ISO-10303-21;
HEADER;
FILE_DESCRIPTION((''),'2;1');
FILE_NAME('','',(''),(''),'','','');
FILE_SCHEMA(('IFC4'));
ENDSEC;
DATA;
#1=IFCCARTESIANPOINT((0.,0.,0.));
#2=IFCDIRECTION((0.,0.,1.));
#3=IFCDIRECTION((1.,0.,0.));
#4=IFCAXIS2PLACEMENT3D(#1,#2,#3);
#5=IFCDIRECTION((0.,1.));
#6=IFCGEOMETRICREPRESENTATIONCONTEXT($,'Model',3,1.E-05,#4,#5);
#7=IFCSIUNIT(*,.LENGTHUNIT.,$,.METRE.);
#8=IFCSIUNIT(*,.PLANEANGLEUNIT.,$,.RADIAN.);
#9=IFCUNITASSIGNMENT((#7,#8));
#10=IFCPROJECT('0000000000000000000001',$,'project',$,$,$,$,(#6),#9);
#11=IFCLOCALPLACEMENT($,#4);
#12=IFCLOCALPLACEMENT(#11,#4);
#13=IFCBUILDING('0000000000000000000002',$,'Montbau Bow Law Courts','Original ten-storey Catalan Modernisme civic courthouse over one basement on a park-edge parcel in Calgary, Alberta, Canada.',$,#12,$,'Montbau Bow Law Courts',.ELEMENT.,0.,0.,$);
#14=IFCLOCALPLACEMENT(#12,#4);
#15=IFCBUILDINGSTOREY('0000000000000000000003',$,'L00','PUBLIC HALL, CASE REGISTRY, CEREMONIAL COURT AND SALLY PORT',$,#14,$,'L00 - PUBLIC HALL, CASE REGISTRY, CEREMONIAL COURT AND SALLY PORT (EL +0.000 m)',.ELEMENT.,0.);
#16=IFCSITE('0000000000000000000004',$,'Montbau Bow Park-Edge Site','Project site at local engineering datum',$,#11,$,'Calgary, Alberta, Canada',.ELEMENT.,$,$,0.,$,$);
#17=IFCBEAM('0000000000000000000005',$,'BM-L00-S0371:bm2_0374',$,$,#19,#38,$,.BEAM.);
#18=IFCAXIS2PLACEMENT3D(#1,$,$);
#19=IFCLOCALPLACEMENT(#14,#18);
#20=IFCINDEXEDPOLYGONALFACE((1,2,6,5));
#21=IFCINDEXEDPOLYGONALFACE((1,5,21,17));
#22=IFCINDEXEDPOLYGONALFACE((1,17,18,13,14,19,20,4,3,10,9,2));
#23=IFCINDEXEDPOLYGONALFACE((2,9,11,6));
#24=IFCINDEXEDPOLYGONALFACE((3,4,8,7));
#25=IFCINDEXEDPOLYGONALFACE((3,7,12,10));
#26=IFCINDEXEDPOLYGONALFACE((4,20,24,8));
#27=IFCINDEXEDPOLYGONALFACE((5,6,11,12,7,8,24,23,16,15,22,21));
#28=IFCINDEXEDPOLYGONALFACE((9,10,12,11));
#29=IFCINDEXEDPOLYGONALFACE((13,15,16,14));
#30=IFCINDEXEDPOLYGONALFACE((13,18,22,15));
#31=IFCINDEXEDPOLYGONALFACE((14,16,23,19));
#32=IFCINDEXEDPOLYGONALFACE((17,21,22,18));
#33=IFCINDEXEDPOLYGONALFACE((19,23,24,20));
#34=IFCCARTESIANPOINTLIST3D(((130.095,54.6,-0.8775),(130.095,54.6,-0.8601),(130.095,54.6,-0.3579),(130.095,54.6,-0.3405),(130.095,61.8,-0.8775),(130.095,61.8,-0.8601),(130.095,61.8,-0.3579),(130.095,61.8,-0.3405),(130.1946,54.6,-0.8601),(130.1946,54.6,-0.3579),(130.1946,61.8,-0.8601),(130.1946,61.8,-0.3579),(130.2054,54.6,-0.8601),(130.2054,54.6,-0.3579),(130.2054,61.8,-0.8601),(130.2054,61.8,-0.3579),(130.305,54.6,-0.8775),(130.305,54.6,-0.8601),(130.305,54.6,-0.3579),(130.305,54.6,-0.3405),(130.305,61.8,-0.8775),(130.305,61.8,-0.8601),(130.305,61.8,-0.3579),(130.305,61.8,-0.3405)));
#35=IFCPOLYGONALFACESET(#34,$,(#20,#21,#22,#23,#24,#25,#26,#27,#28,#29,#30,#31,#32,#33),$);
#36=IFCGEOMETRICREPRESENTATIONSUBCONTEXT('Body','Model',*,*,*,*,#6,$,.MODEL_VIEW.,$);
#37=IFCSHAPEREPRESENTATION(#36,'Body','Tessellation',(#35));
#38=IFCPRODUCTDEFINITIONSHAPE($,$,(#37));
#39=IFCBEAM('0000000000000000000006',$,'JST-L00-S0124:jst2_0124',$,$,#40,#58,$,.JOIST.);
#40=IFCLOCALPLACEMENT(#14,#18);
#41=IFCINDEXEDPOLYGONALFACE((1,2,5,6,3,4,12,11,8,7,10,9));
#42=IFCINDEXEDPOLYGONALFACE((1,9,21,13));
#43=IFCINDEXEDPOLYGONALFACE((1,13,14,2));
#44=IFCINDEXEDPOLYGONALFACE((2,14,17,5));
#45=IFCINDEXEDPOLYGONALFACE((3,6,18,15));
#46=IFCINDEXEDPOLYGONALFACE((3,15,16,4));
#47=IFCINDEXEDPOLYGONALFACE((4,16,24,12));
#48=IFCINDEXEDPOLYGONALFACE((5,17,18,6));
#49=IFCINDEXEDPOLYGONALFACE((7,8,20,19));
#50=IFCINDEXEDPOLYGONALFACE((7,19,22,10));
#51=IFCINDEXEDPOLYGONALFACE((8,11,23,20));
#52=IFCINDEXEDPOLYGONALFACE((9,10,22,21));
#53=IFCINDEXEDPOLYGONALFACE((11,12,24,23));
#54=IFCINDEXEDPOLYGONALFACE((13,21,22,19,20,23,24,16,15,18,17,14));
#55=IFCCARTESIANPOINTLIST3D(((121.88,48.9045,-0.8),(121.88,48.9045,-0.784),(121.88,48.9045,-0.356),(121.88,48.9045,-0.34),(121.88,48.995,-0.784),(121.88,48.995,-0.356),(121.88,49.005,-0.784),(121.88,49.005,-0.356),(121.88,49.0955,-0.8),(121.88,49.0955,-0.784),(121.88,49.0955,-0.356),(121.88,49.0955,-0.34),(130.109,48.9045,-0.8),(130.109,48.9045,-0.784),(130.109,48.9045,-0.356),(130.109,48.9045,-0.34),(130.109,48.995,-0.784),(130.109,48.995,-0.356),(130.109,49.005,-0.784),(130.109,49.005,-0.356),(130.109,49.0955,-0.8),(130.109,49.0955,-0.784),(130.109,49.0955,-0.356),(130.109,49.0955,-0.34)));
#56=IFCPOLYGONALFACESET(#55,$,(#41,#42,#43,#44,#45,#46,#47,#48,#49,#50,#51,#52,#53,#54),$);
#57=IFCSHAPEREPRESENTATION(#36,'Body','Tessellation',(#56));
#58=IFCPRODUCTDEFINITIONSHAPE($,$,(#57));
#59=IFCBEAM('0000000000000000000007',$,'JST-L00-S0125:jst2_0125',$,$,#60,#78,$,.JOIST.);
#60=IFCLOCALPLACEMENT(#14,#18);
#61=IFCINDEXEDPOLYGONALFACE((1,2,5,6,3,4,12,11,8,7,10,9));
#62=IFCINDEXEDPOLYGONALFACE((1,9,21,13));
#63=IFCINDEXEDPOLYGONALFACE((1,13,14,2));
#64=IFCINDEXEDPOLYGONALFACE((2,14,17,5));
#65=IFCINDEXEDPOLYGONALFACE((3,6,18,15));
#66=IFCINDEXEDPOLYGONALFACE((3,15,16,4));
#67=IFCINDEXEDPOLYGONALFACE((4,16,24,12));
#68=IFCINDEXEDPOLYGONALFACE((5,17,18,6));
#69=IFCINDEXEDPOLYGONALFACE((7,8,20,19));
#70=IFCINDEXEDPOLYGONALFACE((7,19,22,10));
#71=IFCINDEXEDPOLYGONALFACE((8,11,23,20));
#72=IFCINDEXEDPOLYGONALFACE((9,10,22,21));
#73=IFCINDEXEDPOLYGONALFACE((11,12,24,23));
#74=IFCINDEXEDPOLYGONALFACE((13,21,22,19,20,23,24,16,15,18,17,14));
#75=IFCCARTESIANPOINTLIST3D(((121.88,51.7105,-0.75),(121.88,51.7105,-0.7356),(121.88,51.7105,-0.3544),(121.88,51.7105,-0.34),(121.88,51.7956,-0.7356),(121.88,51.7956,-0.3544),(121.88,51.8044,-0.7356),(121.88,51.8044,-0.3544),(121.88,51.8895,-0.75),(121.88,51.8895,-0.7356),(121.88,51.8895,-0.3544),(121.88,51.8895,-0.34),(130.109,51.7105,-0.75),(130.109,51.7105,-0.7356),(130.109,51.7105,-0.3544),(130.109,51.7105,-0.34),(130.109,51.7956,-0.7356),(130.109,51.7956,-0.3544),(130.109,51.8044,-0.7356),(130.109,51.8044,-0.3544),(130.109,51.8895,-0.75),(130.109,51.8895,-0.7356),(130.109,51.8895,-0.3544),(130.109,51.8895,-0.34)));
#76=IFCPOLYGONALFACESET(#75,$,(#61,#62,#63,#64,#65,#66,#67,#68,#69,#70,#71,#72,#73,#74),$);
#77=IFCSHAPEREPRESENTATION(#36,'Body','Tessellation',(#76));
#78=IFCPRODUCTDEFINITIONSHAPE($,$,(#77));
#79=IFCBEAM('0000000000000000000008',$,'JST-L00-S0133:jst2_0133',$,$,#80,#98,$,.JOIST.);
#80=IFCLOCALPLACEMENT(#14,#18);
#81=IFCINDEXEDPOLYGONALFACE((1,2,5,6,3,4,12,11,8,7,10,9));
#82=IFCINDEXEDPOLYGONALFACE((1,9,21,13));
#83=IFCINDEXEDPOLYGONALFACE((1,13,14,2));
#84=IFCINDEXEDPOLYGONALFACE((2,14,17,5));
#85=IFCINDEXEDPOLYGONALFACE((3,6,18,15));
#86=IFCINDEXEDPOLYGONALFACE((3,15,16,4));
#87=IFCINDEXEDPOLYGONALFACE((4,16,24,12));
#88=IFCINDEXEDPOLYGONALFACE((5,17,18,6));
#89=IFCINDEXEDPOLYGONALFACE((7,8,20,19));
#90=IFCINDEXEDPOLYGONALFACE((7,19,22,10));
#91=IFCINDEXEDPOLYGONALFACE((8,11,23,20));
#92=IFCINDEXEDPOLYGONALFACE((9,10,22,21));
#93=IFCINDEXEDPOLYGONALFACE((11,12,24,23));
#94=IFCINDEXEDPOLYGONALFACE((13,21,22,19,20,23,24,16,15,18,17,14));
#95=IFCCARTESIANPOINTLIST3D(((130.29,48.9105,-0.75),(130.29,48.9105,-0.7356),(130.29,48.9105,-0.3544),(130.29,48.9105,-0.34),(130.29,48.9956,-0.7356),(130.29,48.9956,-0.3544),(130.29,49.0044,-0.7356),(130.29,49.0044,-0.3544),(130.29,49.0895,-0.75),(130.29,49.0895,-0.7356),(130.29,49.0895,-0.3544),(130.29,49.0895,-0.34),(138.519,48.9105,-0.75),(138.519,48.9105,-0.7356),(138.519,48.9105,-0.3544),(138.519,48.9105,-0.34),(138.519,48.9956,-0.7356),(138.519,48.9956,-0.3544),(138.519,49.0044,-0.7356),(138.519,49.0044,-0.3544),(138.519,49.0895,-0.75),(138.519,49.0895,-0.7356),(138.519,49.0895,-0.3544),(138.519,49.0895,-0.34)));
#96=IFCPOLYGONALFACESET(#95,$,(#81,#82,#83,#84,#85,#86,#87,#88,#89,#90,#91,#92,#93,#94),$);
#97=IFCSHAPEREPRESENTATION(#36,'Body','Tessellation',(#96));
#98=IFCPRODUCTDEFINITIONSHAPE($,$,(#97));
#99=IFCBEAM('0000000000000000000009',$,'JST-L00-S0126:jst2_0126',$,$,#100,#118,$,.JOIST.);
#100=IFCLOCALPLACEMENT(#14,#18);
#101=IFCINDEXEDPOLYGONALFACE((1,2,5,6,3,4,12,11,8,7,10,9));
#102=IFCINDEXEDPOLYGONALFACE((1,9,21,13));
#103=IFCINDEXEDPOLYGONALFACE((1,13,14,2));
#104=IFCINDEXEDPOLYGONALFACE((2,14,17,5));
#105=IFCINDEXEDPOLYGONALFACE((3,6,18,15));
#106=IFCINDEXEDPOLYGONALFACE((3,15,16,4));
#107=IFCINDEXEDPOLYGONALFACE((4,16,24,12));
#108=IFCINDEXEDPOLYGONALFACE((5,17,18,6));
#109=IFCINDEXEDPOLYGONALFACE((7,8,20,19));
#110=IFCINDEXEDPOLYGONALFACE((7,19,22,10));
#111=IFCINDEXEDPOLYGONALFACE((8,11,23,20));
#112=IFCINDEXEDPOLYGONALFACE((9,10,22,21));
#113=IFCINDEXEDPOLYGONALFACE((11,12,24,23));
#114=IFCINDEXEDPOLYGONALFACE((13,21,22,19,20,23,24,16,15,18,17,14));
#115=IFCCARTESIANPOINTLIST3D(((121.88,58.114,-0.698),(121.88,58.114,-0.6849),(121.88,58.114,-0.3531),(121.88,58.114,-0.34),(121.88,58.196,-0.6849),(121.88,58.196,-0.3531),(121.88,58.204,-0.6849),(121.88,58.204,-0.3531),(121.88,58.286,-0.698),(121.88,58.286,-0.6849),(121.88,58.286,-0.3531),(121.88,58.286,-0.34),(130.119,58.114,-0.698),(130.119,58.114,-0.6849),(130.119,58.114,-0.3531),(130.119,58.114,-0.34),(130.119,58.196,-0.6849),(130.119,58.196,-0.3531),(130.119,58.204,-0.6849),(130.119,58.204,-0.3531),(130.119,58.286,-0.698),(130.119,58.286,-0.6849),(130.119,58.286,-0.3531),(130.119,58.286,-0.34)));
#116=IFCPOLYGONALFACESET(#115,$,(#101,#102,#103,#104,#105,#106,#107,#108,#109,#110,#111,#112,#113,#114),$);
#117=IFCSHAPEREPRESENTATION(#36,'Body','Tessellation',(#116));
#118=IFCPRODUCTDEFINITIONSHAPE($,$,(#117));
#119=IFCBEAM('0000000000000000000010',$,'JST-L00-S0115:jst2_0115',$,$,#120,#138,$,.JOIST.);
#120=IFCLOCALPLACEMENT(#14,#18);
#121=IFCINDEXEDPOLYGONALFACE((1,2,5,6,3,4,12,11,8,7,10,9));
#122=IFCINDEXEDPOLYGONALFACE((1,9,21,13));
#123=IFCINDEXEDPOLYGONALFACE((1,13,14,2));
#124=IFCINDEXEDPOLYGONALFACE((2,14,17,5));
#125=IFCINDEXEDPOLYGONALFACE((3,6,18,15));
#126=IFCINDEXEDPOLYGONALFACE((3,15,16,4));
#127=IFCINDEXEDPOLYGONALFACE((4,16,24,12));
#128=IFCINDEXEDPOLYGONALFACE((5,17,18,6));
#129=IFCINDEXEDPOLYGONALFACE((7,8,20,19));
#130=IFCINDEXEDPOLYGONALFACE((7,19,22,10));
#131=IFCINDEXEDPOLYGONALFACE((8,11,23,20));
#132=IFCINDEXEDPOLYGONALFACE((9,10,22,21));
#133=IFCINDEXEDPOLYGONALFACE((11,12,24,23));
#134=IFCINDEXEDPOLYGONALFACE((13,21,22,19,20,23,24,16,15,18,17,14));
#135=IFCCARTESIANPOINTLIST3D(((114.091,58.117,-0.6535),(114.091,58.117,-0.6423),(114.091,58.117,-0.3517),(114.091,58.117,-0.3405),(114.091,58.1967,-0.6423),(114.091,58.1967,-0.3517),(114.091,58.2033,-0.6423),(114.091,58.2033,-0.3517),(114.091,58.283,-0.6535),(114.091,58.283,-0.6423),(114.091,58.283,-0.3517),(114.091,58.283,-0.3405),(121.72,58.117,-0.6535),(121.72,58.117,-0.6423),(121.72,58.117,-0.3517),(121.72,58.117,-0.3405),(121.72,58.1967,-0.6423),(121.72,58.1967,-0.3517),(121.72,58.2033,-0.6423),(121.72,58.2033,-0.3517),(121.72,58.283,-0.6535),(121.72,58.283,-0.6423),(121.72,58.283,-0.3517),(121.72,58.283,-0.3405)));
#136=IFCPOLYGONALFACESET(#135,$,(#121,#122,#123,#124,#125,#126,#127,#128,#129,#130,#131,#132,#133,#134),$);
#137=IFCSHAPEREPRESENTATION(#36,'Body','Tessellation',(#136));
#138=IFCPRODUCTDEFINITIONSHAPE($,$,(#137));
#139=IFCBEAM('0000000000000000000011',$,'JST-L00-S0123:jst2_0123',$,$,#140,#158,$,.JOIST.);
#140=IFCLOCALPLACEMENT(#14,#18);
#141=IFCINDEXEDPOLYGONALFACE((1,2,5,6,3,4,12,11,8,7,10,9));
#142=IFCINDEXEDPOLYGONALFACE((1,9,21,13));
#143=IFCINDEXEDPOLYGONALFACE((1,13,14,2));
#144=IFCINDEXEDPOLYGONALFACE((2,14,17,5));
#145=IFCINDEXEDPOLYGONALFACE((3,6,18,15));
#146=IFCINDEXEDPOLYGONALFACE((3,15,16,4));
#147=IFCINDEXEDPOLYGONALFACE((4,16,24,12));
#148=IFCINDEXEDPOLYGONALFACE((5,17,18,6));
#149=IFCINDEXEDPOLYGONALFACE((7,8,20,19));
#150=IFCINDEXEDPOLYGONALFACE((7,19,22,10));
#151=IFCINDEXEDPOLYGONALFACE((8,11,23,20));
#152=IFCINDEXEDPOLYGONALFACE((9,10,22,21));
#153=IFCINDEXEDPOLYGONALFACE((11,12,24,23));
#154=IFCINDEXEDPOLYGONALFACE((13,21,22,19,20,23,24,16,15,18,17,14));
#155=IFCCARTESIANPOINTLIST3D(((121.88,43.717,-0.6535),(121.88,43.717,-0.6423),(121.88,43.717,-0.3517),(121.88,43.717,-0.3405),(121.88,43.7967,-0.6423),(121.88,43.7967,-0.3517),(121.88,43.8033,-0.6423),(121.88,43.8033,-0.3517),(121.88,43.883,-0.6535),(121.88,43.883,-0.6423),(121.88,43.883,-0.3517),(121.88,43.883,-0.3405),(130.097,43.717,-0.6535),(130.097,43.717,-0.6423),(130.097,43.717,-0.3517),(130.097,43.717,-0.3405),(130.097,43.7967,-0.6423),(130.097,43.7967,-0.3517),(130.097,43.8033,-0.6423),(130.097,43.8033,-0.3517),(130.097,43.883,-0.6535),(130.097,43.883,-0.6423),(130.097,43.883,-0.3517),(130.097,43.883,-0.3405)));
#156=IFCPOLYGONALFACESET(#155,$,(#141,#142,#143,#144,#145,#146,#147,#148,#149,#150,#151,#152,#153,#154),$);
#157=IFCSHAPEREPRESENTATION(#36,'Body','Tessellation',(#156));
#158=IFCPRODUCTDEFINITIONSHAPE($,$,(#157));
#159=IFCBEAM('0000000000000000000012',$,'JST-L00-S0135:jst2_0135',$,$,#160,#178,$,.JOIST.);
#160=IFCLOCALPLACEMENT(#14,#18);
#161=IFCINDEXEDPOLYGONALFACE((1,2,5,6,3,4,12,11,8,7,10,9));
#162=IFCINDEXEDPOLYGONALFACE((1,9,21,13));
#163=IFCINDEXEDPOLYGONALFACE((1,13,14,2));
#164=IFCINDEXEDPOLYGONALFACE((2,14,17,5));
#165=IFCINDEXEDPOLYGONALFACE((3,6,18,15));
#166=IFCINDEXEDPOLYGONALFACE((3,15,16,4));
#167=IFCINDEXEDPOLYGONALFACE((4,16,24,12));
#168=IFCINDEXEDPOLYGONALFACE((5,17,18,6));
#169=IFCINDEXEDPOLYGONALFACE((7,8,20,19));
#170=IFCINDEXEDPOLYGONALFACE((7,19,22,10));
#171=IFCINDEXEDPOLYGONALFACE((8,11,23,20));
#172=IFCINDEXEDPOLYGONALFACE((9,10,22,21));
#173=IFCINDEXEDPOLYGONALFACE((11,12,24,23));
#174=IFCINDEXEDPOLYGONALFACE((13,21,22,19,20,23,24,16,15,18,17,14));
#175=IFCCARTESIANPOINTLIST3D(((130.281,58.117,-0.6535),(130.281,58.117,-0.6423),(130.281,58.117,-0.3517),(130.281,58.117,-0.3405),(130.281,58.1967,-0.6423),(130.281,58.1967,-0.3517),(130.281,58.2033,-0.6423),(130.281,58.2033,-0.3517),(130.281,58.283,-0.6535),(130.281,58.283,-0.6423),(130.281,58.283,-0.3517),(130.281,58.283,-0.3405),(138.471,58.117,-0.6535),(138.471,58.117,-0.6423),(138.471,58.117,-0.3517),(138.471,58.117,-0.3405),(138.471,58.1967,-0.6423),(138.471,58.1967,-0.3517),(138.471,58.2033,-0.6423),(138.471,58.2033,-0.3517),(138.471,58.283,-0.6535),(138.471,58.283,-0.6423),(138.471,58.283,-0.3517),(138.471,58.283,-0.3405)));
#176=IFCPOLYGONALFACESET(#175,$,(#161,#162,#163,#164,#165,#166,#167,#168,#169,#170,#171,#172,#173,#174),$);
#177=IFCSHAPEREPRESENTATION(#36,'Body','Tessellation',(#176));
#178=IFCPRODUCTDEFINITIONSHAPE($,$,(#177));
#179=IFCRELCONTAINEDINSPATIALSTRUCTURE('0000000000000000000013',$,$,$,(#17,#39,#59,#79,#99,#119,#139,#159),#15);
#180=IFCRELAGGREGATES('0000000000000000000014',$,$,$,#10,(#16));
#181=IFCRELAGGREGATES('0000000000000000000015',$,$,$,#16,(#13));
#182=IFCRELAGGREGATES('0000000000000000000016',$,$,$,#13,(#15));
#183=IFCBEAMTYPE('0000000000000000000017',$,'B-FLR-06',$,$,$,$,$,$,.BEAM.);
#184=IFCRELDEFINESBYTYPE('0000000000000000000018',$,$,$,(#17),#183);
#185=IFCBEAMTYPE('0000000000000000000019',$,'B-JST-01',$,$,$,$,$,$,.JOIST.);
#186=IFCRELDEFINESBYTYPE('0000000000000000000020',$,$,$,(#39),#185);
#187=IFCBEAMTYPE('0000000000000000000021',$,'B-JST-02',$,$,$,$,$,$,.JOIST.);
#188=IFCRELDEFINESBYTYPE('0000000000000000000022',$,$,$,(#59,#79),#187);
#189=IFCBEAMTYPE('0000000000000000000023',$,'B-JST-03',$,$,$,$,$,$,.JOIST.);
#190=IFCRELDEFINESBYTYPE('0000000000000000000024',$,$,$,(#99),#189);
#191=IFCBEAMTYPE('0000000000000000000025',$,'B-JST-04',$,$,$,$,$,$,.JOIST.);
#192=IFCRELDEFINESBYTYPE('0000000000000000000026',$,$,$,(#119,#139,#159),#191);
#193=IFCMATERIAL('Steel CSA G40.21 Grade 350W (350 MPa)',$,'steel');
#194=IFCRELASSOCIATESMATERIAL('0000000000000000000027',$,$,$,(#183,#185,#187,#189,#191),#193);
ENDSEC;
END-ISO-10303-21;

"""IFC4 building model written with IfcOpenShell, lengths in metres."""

from ifc_helpers import new_model, si_unit, direction, frame, origin_with_axes, origin_2d_with_axis, place, context, subcontext, project, spatial, i_section, extrude, material, material_profile, profile_set, type_object, element, save


model = new_model("IFC4")

# Units and contexts
model_context = context("Model", 3, precision=1e-05, world=origin_with_axes(), true_north=direction((0.0, 1.0)))
body_context = subcontext(model_context, "Body", "Model", "MODEL_VIEW")
ifc_project = project(units=[si_unit("LENGTHUNIT", "METRE"), si_unit("PLANEANGLEUNIT", "RADIAN")], contexts=[model_context])

# Site, building, storey
site_placement = place(None, origin_with_axes())
site = spatial("IfcSite", under=ifc_project, at=site_placement, Name="Montbau Bow Park-Edge Site", Description="Project site at local engineering datum", LongName="Calgary, Alberta, Canada", CompositionType="ELEMENT", RefElevation=0.0)
building_placement = place(site_placement, origin_with_axes())
building = spatial("IfcBuilding", under=site, at=building_placement, Name="Montbau Bow Law Courts", Description="Original ten-storey Catalan Modernisme civic courthouse over one basement on a park-edge parcel in Calgary, Alberta, Canada.", LongName="Montbau Bow Law Courts", CompositionType="ELEMENT", ElevationOfRefHeight=0.0, ElevationOfTerrain=0.0)
storey_placement = place(building_placement, origin_with_axes())
storey = spatial("IfcBuildingStorey", under=building, at=storey_placement, Name="L00", Description="PUBLIC HALL, CASE REGISTRY, CEREMONIAL COURT AND SALLY PORT", LongName="L00 - PUBLIC HALL, CASE REGISTRY, CEREMONIAL COURT AND SALLY PORT (EL +0.000 m)", CompositionType="ELEMENT", Elevation=0.0)

# Shared definitions
ifc_material_1 = material(Name="Steel CSA G40.21 Grade 350W (350 MPa)", Category="steel")

# Beams
ifc_material_profile_1 = material_profile(ifc_material_1, i_section(OverallWidth=0.21, OverallDepth=0.537, WebThickness=0.0109, FlangeThickness=0.0174, at=origin_2d_with_axis()), Name="W530X101", Category="Main", Priority=0)
ifc_profile_set_1 = profile_set([ifc_material_profile_1], Name="Steel CSA G40.21 Grade 350W (350 MPa)")
beam_type_1 = type_object("IfcBeamType", Name="B-FLR-06", PredefinedType="BEAM", material=ifc_profile_set_1)
beam_1_placement = place(None, frame((130.2, 54.6, -0.609), z_axis=(0.0, 1.0, 0.0), x_axis=(-1.0, 0.0, 0.0)))
element("IfcBeam", 1, at=beam_1_placement, inside=storey, type_object=beam_type_1, Name="BM-L00-S0371:bm2_0374", PredefinedType="BEAM", context=body_context, shape_type="SweptSolid", body=[
    extrude(i_section(OverallWidth=0.21, OverallDepth=0.537, WebThickness=0.0109, FlangeThickness=0.0174, at=origin_2d_with_axis()), origin_with_axes(), (0.0, 0.0, 1.0), 7.2),
])
ifc_material_profile_2 = material_profile(ifc_material_1, i_section(OverallWidth=0.191, OverallDepth=0.46, WebThickness=0.0099, FlangeThickness=0.016, at=origin_2d_with_axis()), Name="W460X82", Category="Main", Priority=0)
ifc_profile_set_2 = profile_set([ifc_material_profile_2], Name="Steel CSA G40.21 Grade 350W (350 MPa)")
beam_type_2 = type_object("IfcBeamType", Name="B-JST-01", PredefinedType="JOIST", material=ifc_profile_set_2)
beam_2_placement = place(None, frame((121.88, 49.0, -0.57), z_axis=(1.0, 0.0, 0.0), x_axis=(0.0, 1.0, 0.0)))
element("IfcBeam", 2, at=beam_2_placement, inside=storey, type_object=beam_type_2, Name="JST-L00-S0124:jst2_0124", PredefinedType="JOIST", context=body_context, shape_type="SweptSolid", body=[
    extrude(i_section(OverallWidth=0.191, OverallDepth=0.46, WebThickness=0.0099, FlangeThickness=0.016, at=origin_2d_with_axis()), origin_with_axes(), (0.0, 0.0, 1.0), 8.229),
])
ifc_material_profile_3 = material_profile(ifc_material_1, i_section(OverallWidth=0.179, OverallDepth=0.41, WebThickness=0.0088, FlangeThickness=0.0144, at=origin_2d_with_axis()), Name="W410X67", Category="Main", Priority=0)
ifc_profile_set_3 = profile_set([ifc_material_profile_3], Name="Steel CSA G40.21 Grade 350W (350 MPa)")
beam_type_3 = type_object("IfcBeamType", Name="B-JST-02", PredefinedType="JOIST", material=ifc_profile_set_3)
for number, where, z_axis, x_axis, name in (
    (3, (121.88, 51.8, -0.545), (1.0, 0.0, 0.0), (0.0, 1.0, 0.0), "JST-L00-S0125:jst2_0125"),
    (4, (130.29, 49.0, -0.545), (1.0, 0.0, 0.0), (0.0, 1.0, 0.0), "JST-L00-S0133:jst2_0133"),
):
    element("IfcBeam", number, at=place(None, frame(where, z_axis=z_axis, x_axis=x_axis)), inside=storey, type_object=beam_type_3, Name=name, PredefinedType="JOIST", context=body_context, shape_type="SweptSolid", body=[
        extrude(i_section(OverallWidth=0.179, OverallDepth=0.41, WebThickness=0.0088, FlangeThickness=0.0144, at=origin_2d_with_axis()), origin_with_axes(), (0.0, 0.0, 1.0), 8.229),
    ])
ifc_material_profile_4 = material_profile(ifc_material_1, i_section(OverallWidth=0.172, OverallDepth=0.358, WebThickness=0.0079, FlangeThickness=0.0131, at=origin_2d_with_axis()), Name="W360X57", Category="Main", Priority=0)
ifc_profile_set_4 = profile_set([ifc_material_profile_4], Name="Steel CSA G40.21 Grade 350W (350 MPa)")
beam_type_4 = type_object("IfcBeamType", Name="B-JST-03", PredefinedType="JOIST", material=ifc_profile_set_4)
beam_3_placement = place(None, frame((121.88, 58.2, -0.519), z_axis=(1.0, 0.0, 0.0), x_axis=(0.0, 1.0, 0.0)))
element("IfcBeam", 5, at=beam_3_placement, inside=storey, type_object=beam_type_4, Name="JST-L00-S0126:jst2_0126", PredefinedType="JOIST", context=body_context, shape_type="SweptSolid", body=[
    extrude(i_section(OverallWidth=0.172, OverallDepth=0.358, WebThickness=0.0079, FlangeThickness=0.0131, at=origin_2d_with_axis()), origin_with_axes(), (0.0, 0.0, 1.0), 8.239),
])
ifc_material_profile_5 = material_profile(ifc_material_1, i_section(OverallWidth=0.166, OverallDepth=0.313, WebThickness=0.0066, FlangeThickness=0.0112, at=origin_2d_with_axis()), Name="W310X45", Category="Main", Priority=0)
ifc_profile_set_5 = profile_set([ifc_material_profile_5], Name="Steel CSA G40.21 Grade 350W (350 MPa)")
beam_type_5 = type_object("IfcBeamType", Name="B-JST-04", PredefinedType="JOIST", material=ifc_profile_set_5)
beam_4_placement = place(None, frame((114.091, 58.2, -0.497), z_axis=(1.0, 0.0, 0.0), x_axis=(0.0, 1.0, 0.0)))
element("IfcBeam", 6, at=beam_4_placement, inside=storey, type_object=beam_type_5, Name="JST-L00-S0115:jst2_0115", PredefinedType="JOIST", context=body_context, shape_type="SweptSolid", body=[
    extrude(i_section(OverallWidth=0.166, OverallDepth=0.313, WebThickness=0.0066, FlangeThickness=0.0112, at=origin_2d_with_axis()), origin_with_axes(), (0.0, 0.0, 1.0), 7.629),
])
beam_5_placement = place(None, frame((121.88, 43.8, -0.497), z_axis=(1.0, 0.0, 0.0), x_axis=(0.0, 1.0, 0.0)))
element("IfcBeam", 7, at=beam_5_placement, inside=storey, type_object=beam_type_5, Name="JST-L00-S0123:jst2_0123", PredefinedType="JOIST", context=body_context, shape_type="SweptSolid", body=[
    extrude(i_section(OverallWidth=0.166, OverallDepth=0.313, WebThickness=0.0066, FlangeThickness=0.0112, at=origin_2d_with_axis()), origin_with_axes(), (0.0, 0.0, 1.0), 8.217),
])
beam_6_placement = place(None, frame((130.281, 58.2, -0.497), z_axis=(1.0, 0.0, 0.0), x_axis=(0.0, 1.0, 0.0)))
element("IfcBeam", 8, at=beam_6_placement, inside=storey, type_object=beam_type_5, Name="JST-L00-S0135:jst2_0135", PredefinedType="JOIST", context=body_context, shape_type="SweptSolid", body=[
    extrude(i_section(OverallWidth=0.166, OverallDepth=0.313, WebThickness=0.0066, FlangeThickness=0.0112, at=origin_2d_with_axis()), origin_with_axes(), (0.0, 0.0, 1.0), 8.19),
])

save(model, "model.ifc")
